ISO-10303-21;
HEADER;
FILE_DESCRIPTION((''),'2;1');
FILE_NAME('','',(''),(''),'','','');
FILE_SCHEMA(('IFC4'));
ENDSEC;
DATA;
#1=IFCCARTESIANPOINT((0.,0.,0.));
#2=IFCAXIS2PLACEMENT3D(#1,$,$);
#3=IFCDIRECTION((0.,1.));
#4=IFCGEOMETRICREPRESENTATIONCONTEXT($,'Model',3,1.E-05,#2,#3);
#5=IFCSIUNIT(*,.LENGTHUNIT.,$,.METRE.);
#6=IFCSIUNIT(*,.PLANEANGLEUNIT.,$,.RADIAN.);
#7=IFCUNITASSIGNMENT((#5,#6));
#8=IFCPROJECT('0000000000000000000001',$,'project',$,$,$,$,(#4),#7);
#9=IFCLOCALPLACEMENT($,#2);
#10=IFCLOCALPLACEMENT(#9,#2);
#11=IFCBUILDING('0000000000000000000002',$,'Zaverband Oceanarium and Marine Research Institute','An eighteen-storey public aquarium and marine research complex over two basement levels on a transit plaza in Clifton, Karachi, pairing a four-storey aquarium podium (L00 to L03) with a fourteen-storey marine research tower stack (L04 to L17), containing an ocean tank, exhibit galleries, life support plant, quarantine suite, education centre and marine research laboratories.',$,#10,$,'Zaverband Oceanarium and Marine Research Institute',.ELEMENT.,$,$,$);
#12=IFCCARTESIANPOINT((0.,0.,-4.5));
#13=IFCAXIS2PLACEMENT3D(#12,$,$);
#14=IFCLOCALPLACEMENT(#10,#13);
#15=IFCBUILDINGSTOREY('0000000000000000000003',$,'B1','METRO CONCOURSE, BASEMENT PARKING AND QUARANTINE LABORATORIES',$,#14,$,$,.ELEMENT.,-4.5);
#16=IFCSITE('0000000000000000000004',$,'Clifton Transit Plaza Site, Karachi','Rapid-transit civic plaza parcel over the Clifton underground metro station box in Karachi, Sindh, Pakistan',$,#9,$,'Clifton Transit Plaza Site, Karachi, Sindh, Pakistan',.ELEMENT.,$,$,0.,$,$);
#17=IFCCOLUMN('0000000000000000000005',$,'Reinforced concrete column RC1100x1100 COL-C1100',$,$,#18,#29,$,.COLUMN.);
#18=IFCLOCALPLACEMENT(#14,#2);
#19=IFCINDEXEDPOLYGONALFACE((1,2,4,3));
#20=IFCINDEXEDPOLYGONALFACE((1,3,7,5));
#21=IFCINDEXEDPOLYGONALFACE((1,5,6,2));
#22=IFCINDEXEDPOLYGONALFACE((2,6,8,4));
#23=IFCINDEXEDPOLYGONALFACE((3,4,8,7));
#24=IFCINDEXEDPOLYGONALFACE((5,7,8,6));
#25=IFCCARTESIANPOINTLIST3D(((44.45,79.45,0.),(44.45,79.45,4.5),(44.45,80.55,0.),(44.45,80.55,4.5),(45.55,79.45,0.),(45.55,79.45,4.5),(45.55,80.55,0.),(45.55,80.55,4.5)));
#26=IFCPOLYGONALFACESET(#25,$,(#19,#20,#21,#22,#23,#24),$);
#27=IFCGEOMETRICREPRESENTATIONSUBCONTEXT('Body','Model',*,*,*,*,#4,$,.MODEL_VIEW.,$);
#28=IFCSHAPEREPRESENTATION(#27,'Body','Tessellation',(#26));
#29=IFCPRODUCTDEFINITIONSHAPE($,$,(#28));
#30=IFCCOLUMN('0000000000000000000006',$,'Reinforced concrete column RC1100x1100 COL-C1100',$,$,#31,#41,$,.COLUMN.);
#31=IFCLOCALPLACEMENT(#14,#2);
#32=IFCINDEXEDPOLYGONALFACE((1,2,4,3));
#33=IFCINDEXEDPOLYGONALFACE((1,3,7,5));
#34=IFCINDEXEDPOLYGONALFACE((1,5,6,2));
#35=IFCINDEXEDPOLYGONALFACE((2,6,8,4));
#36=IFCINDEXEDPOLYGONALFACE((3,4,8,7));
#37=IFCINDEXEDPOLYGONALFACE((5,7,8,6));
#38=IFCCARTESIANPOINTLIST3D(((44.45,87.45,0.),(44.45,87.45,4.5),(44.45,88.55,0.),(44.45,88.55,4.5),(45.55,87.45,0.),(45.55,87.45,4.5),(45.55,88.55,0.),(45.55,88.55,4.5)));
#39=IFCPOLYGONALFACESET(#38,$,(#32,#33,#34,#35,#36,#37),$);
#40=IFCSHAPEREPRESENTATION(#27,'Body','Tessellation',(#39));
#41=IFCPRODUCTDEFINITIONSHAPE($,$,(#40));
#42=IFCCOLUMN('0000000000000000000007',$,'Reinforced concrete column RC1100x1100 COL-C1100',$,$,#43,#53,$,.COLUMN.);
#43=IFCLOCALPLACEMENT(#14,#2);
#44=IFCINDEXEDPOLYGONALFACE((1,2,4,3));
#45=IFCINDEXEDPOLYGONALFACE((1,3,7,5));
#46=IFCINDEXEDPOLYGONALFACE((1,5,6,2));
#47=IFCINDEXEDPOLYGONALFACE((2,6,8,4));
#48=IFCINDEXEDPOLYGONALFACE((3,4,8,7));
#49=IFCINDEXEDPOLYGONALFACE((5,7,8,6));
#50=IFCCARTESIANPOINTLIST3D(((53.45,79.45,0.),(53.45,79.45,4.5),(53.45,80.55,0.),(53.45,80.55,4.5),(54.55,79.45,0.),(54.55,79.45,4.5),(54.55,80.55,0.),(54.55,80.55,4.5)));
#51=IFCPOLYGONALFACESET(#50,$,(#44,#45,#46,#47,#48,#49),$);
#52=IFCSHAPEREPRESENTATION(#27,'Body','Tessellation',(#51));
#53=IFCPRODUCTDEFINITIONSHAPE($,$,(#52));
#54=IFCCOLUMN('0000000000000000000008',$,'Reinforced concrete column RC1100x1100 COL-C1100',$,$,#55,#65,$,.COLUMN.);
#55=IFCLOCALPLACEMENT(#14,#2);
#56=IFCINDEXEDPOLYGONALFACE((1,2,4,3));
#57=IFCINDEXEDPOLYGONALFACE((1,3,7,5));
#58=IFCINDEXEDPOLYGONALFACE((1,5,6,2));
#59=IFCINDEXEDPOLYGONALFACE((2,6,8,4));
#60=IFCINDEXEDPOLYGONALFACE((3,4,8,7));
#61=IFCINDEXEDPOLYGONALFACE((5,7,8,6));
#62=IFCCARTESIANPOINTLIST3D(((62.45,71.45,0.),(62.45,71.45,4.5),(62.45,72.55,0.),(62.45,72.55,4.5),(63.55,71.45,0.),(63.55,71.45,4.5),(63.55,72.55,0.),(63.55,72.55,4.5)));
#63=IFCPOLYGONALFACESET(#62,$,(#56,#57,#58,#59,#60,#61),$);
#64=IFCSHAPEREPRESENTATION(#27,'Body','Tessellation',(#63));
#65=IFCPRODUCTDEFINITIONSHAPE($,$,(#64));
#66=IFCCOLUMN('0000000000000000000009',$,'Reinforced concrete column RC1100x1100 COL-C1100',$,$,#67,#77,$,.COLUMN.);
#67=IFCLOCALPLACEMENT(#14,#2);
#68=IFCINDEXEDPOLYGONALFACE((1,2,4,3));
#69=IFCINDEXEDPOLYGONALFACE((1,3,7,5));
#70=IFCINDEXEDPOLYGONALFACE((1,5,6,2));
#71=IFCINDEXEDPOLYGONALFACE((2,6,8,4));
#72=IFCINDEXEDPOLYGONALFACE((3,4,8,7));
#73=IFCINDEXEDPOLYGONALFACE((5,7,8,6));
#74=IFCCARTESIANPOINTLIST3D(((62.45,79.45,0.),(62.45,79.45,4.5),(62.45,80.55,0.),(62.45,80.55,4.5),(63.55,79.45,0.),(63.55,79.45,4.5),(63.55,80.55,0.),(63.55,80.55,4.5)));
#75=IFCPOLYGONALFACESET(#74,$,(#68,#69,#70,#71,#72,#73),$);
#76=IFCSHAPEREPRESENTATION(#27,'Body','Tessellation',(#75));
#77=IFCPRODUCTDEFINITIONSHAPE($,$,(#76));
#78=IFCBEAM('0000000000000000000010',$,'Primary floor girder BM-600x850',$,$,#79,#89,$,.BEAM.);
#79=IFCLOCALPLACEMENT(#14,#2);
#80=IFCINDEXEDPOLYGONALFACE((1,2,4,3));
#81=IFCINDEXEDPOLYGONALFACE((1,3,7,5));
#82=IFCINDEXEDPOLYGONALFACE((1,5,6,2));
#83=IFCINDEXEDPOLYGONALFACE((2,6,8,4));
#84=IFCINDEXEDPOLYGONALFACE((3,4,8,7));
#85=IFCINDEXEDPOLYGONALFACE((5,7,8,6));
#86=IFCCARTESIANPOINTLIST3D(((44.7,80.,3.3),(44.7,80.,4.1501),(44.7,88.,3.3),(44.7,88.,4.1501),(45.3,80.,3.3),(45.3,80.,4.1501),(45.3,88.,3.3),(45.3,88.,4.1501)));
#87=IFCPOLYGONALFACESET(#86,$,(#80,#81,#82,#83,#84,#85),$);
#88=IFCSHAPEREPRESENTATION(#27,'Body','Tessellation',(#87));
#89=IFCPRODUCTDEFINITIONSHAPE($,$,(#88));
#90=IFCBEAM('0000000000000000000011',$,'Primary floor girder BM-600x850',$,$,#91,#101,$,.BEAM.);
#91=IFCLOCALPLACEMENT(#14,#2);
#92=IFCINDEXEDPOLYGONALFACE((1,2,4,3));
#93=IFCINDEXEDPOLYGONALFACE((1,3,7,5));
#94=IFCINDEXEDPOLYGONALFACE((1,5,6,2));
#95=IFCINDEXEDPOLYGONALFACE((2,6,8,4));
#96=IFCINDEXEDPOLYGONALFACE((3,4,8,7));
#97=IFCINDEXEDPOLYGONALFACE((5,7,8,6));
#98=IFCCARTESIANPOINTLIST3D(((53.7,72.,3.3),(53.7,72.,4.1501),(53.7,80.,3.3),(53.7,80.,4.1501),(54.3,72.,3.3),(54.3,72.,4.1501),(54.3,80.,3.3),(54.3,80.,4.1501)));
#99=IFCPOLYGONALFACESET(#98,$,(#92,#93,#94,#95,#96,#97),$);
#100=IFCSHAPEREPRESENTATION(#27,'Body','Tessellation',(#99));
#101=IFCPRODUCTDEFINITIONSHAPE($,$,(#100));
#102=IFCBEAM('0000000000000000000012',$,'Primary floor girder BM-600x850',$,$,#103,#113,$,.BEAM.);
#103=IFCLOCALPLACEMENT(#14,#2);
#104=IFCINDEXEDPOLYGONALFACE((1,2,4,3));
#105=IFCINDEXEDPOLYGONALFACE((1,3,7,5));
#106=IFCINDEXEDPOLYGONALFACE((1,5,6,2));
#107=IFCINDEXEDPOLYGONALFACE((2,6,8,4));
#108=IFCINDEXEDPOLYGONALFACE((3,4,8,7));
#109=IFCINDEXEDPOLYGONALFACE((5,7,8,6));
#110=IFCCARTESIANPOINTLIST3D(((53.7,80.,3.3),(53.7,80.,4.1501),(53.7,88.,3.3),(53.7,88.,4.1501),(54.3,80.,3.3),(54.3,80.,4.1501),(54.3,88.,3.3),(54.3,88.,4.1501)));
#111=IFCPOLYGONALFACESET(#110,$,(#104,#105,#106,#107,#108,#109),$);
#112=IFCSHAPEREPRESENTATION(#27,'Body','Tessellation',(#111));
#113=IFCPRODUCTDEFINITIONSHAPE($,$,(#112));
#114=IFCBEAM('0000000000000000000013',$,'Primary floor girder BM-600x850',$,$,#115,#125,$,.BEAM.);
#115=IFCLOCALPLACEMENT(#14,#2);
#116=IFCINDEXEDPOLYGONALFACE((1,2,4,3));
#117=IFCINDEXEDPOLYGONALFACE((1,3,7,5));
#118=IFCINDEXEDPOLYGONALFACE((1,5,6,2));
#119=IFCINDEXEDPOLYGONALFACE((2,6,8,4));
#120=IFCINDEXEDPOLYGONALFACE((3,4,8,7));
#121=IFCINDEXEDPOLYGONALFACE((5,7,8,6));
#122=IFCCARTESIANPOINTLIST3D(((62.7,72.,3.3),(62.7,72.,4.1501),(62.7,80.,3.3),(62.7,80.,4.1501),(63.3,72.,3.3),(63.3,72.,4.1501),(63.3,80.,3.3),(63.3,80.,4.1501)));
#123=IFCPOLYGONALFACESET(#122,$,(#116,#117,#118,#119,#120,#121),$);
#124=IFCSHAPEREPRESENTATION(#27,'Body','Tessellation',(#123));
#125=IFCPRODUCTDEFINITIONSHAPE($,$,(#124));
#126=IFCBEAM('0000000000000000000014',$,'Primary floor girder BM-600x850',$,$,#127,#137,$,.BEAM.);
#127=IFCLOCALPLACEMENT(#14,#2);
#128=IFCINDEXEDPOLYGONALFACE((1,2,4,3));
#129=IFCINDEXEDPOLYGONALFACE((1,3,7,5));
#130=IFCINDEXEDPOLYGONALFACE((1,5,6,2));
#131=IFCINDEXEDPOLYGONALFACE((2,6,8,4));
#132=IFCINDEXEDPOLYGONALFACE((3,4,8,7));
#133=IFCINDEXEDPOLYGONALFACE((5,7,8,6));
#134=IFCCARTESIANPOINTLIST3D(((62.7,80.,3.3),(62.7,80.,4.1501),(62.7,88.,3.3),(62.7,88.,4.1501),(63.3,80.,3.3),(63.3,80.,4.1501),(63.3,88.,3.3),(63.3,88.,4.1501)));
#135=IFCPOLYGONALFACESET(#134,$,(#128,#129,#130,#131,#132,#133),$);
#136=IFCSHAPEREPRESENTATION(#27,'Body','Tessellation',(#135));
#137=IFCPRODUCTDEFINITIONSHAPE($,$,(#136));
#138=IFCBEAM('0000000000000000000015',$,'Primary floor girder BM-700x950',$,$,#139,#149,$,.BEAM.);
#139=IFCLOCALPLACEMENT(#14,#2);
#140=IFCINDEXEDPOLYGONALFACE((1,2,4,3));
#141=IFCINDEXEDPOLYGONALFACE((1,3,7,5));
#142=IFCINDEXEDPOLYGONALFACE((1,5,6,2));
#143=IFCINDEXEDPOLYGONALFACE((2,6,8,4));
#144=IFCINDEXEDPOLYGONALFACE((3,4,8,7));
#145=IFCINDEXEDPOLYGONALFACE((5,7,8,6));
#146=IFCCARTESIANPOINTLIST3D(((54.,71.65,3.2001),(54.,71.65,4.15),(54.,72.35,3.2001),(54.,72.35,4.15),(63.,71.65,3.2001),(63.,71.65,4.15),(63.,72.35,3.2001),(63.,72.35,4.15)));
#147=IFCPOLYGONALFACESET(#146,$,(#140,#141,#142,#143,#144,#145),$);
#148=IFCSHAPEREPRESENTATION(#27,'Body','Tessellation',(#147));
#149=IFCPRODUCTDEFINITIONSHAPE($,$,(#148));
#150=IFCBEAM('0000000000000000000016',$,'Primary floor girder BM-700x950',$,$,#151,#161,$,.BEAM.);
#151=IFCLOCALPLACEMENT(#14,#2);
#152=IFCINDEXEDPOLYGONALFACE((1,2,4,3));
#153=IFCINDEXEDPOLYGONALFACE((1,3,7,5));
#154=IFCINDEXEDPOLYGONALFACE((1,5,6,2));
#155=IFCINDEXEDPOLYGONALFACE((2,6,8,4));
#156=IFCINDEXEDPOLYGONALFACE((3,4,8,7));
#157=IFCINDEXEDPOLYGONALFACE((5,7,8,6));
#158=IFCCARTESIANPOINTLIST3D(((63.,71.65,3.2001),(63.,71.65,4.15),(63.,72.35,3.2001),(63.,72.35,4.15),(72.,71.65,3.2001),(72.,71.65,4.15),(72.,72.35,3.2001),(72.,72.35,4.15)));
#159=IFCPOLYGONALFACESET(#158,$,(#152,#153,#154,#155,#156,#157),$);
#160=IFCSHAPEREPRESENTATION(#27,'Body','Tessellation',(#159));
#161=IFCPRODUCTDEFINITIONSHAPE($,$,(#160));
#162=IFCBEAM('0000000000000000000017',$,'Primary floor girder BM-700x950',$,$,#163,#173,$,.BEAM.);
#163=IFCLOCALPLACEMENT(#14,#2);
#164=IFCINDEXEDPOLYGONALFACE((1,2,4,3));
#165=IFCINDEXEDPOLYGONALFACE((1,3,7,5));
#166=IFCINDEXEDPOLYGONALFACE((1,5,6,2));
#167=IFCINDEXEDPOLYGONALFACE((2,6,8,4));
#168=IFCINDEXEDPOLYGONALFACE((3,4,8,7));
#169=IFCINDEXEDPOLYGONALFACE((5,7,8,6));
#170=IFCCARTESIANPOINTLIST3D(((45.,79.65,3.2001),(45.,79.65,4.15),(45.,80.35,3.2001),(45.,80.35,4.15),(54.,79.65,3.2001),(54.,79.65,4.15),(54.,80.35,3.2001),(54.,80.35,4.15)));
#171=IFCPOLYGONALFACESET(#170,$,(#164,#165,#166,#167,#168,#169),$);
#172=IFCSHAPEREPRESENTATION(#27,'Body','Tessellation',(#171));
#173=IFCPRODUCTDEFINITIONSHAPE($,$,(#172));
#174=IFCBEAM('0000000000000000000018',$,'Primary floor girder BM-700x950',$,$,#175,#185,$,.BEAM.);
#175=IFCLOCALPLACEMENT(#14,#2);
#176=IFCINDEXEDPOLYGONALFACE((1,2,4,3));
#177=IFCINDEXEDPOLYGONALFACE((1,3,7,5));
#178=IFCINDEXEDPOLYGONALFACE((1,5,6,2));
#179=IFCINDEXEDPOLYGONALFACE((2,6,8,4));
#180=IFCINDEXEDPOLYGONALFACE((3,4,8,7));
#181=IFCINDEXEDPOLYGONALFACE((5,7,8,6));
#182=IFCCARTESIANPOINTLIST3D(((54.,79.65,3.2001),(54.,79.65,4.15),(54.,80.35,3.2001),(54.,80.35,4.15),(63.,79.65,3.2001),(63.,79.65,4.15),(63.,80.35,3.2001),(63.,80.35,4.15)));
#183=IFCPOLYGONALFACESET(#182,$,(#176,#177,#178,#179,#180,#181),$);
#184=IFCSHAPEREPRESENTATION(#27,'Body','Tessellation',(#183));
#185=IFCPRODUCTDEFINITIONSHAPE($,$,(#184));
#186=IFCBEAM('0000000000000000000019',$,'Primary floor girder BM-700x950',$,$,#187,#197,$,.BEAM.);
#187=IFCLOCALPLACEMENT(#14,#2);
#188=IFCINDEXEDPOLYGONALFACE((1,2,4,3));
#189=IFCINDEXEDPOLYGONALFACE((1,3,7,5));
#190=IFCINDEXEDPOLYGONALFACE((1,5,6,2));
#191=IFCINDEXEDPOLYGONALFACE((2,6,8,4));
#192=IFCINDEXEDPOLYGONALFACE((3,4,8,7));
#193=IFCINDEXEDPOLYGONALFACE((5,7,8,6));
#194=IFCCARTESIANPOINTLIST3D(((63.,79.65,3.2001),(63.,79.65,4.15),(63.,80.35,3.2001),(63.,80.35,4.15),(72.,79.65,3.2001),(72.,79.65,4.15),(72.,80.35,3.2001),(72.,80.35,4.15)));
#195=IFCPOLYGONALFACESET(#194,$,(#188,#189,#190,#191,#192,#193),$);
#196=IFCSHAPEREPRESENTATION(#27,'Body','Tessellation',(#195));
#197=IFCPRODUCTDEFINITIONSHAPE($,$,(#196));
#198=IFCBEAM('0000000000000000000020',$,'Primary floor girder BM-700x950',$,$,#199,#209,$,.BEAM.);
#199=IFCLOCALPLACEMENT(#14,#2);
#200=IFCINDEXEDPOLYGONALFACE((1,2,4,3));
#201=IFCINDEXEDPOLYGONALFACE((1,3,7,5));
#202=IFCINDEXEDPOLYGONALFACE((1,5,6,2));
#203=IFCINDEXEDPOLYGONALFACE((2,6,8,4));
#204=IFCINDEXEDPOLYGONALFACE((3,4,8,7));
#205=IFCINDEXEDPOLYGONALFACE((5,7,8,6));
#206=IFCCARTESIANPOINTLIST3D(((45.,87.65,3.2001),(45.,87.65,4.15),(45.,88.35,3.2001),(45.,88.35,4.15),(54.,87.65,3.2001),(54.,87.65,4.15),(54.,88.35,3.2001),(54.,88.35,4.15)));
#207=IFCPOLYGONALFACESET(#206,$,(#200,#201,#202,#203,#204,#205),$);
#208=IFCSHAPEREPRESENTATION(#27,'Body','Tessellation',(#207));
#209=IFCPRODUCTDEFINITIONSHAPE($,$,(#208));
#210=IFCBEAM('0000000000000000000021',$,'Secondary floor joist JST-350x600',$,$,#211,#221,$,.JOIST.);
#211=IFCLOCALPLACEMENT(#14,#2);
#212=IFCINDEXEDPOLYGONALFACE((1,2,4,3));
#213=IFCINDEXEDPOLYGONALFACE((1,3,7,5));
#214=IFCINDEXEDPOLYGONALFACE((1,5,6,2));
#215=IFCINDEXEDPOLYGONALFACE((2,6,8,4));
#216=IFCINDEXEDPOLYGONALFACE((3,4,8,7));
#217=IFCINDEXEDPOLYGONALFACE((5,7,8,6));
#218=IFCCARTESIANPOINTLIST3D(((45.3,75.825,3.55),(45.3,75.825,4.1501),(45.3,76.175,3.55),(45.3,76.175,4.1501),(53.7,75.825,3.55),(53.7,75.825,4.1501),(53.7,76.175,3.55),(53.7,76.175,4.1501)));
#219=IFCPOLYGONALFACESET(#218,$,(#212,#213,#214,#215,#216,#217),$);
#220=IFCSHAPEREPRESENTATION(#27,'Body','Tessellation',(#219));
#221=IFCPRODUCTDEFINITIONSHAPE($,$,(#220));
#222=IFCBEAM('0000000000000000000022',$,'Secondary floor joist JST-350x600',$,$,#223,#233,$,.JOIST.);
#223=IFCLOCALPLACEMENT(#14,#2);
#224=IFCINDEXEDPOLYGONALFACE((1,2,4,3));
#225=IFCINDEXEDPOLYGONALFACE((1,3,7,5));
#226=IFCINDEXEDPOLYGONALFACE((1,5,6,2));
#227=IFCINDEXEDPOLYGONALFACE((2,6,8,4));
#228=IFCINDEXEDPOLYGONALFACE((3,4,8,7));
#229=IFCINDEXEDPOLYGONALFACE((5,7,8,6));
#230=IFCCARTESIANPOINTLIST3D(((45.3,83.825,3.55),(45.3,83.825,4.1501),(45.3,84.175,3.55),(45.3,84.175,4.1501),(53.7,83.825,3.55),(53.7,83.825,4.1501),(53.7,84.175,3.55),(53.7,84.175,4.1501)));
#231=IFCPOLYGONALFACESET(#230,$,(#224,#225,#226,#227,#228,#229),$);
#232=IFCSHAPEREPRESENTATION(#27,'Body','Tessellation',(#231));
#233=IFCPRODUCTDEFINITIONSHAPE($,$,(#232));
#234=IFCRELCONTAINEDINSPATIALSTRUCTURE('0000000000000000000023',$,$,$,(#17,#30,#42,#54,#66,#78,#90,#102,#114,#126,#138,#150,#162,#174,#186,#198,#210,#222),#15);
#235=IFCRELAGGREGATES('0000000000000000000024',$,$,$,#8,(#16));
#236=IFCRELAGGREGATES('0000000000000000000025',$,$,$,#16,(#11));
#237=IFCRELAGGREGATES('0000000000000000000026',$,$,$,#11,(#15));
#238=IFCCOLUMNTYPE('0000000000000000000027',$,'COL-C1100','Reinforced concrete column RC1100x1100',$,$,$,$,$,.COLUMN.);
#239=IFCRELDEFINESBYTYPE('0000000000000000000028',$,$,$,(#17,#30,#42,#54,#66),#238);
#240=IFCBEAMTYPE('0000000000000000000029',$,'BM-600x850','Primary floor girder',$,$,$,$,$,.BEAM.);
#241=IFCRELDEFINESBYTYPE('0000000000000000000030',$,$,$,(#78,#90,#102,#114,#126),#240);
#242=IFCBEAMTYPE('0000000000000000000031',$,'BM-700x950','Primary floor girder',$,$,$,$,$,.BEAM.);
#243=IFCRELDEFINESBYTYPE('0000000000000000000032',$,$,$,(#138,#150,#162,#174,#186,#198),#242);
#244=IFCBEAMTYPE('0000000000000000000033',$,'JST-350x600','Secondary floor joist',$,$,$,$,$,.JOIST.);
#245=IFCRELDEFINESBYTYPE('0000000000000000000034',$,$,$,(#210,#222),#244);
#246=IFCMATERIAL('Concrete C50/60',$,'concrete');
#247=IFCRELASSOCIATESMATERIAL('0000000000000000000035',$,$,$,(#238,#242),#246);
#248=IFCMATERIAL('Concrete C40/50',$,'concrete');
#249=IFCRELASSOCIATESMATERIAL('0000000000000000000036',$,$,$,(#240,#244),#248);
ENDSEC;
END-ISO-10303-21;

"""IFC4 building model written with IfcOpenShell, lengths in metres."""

from ifc_helpers import new_model, si_unit, direction, frame, origin, origin_2d, place, context, subcontext, project, spatial, rectangle, extrude, material, material_profile, profile_set, type_object, element, save


model = new_model("IFC4")

# Units and contexts
model_context = context("Model", 3, precision=1e-05, world=origin(), true_north=direction((0.0, 1.0)))
body_context = subcontext(model_context, "Body", "Model", "MODEL_VIEW")
ifc_project = project(units=[si_unit("LENGTHUNIT", "METRE"), si_unit("PLANEANGLEUNIT", "RADIAN")], contexts=[model_context])

# Site, building, storey
site_placement = place(None, origin())
site = spatial("IfcSite", under=ifc_project, at=site_placement, Name="Clifton Transit Plaza Site, Karachi", Description="Rapid-transit civic plaza parcel over the Clifton underground metro station box in Karachi, Sindh, Pakistan", LongName="Clifton Transit Plaza Site, Karachi, Sindh, Pakistan", CompositionType="ELEMENT", RefElevation=0.0)
building_placement = place(site_placement, origin())
building = spatial("IfcBuilding", under=site, at=building_placement, Name="Zaverband Oceanarium and Marine Research Institute", Description="An eighteen-storey public aquarium and marine research complex over two basement levels on a transit plaza in Clifton, Karachi, pairing a four-storey aquarium podium (L00 to L03) with a fourteen-storey marine research tower stack (L04 to L17), containing an ocean tank, exhibit galleries, life support plant, quarantine suite, education centre and marine research laboratories.", LongName="Zaverband Oceanarium and Marine Research Institute", CompositionType="ELEMENT")
storey_placement = place(building_placement, frame((0.0, 0.0, -4.5)))
storey = spatial("IfcBuildingStorey", under=building, at=storey_placement, Name="B1", Description="METRO CONCOURSE, BASEMENT PARKING AND QUARANTINE LABORATORIES", CompositionType="ELEMENT", Elevation=-4.5)

# Columns
ifc_material_1 = material(Name="Concrete C50/60", Category="concrete")
ifc_material_profile_1 = material_profile(ifc_material_1, rectangle(XDim=1.1001, YDim=1.1001, at=origin_2d()), Name="RC1100x1100")
ifc_profile_set_1 = profile_set([ifc_material_profile_1], Name="Concrete C50/60")
column_type = type_object("IfcColumnType", Name="COL-C1100", Description="Reinforced concrete column RC1100x1100", PredefinedType="COLUMN", material=ifc_profile_set_1)
for number, where, z_axis, x_axis, name in (
    (1, (45.0, 80.0, 0.0), (0.0, 0.0, 1.0), (1.0, 0.0, 0.0), "Reinforced concrete column RC1100x1100 COL-C1100"),
    (2, (45.0, 88.0, 0.0), (0.0, 0.0, 1.0), (1.0, 0.0, 0.0), "Reinforced concrete column RC1100x1100 COL-C1100"),
    (3, (54.0, 80.0, 0.0), (0.0, 0.0, 1.0), (1.0, 0.0, 0.0), "Reinforced concrete column RC1100x1100 COL-C1100"),
    (4, (63.0, 72.0, 0.0), (0.0, 0.0, 1.0), (1.0, 0.0, 0.0), "Reinforced concrete column RC1100x1100 COL-C1100"),
    (5, (63.0, 80.0, 0.0), (0.0, 0.0, 1.0), (1.0, 0.0, 0.0), "Reinforced concrete column RC1100x1100 COL-C1100"),
):
    element("IfcColumn", number, at=place(storey_placement, frame(where, z_axis=z_axis, x_axis=x_axis)), inside=storey, type_object=column_type, Name=name, PredefinedType="COLUMN", context=body_context, shape_type="SweptSolid", body=[
        extrude(rectangle(XDim=1.1001, YDim=1.1001, at=origin_2d()), origin(), (0.0, 0.0, 1.0), 4.5),
    ])

# Beams
ifc_material_2 = material(Name="Concrete C40/50", Category="concrete")
ifc_material_profile_2 = material_profile(ifc_material_2, rectangle(XDim=0.6001, YDim=0.8501, at=origin_2d()), Name="RC600x850")
ifc_profile_set_2 = profile_set([ifc_material_profile_2], Name="Concrete C40/50")
beam_type_1 = type_object("IfcBeamType", Name="BM-600x850", Description="Primary floor girder", PredefinedType="BEAM", material=ifc_profile_set_2)
for number, where, z_axis, x_axis, name in (
    (6, (45.0, 80.0, 3.7251), (0.0, 1.0, 0.0), (-1.0, 0.0, 0.0), "Primary floor girder BM-600x850"),
    (7, (54.0, 72.0, 3.7251), (0.0, 1.0, 0.0), (-1.0, 0.0, 0.0), "Primary floor girder BM-600x850"),
    (8, (54.0, 80.0, 3.7251), (0.0, 1.0, 0.0), (-1.0, 0.0, 0.0), "Primary floor girder BM-600x850"),
    (9, (63.0, 72.0, 3.7251), (0.0, 1.0, 0.0), (-1.0, 0.0, 0.0), "Primary floor girder BM-600x850"),
    (10, (63.0, 80.0, 3.7251), (0.0, 1.0, 0.0), (-1.0, 0.0, 0.0), "Primary floor girder BM-600x850"),
):
    element("IfcBeam", number, at=place(storey_placement, frame(where, z_axis=z_axis, x_axis=x_axis)), inside=storey, type_object=beam_type_1, Name=name, PredefinedType="BEAM", context=body_context, shape_type="SweptSolid", body=[
        extrude(rectangle(XDim=0.6001, YDim=0.8501, at=origin_2d()), origin(), (0.0, 0.0, 1.0), 8.0),
    ])
ifc_material_profile_3 = material_profile(ifc_material_1, rectangle(XDim=0.7, YDim=0.95, at=origin_2d()), Name="RC700x950")
ifc_profile_set_3 = profile_set([ifc_material_profile_3], Name="Concrete C50/60")
beam_type_2 = type_object("IfcBeamType", Name="BM-700x950", Description="Primary floor girder", PredefinedType="BEAM", material=ifc_profile_set_3)
for number, where, z_axis, x_axis, name in (
    (11, (54.0, 72.0, 3.675), (1.0, 0.0, 0.0), (0.0, 1.0, 0.0), "Primary floor girder BM-700x950"),
    (12, (63.0, 72.0, 3.675), (1.0, 0.0, 0.0), (0.0, 1.0, 0.0), "Primary floor girder BM-700x950"),
    (13, (45.0, 80.0, 3.675), (1.0, 0.0, 0.0), (0.0, 1.0, 0.0), "Primary floor girder BM-700x950"),
    (14, (54.0, 80.0, 3.675), (1.0, 0.0, 0.0), (0.0, 1.0, 0.0), "Primary floor girder BM-700x950"),
    (15, (63.0, 80.0, 3.675), (1.0, 0.0, 0.0), (0.0, 1.0, 0.0), "Primary floor girder BM-700x950"),
    (16, (45.0, 88.0, 3.675), (1.0, 0.0, 0.0), (0.0, 1.0, 0.0), "Primary floor girder BM-700x950"),
):
    element("IfcBeam", number, at=place(storey_placement, frame(where, z_axis=z_axis, x_axis=x_axis)), inside=storey, type_object=beam_type_2, Name=name, PredefinedType="BEAM", context=body_context, shape_type="SweptSolid", body=[
        extrude(rectangle(XDim=0.7, YDim=0.95, at=origin_2d()), origin(), (0.0, 0.0, 1.0), 9.0),
    ])
ifc_material_profile_4 = material_profile(ifc_material_2, rectangle(XDim=0.3501, YDim=0.6001, at=origin_2d()), Name="RC350x600")
ifc_profile_set_4 = profile_set([ifc_material_profile_4], Name="Concrete C40/50")
beam_type_3 = type_object("IfcBeamType", Name="JST-350x600", Description="Secondary floor joist", PredefinedType="JOIST", material=ifc_profile_set_4)
for number, where, z_axis, x_axis, name in (
    (17, (45.3, 76.0, 3.8501), (1.0, 0.0, 0.0), (0.0, 1.0, 0.0), "Secondary floor joist JST-350x600"),
    (18, (45.3, 84.0, 3.8501), (1.0, 0.0, 0.0), (0.0, 1.0, 0.0), "Secondary floor joist JST-350x600"),
):
    element("IfcBeam", number, at=place(storey_placement, frame(where, z_axis=z_axis, x_axis=x_axis)), inside=storey, type_object=beam_type_3, Name=name, PredefinedType="JOIST", context=body_context, shape_type="SweptSolid", body=[
        extrude(rectangle(XDim=0.3501, YDim=0.6001, at=origin_2d()), origin(), (0.0, 0.0, 1.0), 8.3999),
    ])

save(model, "model.ifc")
